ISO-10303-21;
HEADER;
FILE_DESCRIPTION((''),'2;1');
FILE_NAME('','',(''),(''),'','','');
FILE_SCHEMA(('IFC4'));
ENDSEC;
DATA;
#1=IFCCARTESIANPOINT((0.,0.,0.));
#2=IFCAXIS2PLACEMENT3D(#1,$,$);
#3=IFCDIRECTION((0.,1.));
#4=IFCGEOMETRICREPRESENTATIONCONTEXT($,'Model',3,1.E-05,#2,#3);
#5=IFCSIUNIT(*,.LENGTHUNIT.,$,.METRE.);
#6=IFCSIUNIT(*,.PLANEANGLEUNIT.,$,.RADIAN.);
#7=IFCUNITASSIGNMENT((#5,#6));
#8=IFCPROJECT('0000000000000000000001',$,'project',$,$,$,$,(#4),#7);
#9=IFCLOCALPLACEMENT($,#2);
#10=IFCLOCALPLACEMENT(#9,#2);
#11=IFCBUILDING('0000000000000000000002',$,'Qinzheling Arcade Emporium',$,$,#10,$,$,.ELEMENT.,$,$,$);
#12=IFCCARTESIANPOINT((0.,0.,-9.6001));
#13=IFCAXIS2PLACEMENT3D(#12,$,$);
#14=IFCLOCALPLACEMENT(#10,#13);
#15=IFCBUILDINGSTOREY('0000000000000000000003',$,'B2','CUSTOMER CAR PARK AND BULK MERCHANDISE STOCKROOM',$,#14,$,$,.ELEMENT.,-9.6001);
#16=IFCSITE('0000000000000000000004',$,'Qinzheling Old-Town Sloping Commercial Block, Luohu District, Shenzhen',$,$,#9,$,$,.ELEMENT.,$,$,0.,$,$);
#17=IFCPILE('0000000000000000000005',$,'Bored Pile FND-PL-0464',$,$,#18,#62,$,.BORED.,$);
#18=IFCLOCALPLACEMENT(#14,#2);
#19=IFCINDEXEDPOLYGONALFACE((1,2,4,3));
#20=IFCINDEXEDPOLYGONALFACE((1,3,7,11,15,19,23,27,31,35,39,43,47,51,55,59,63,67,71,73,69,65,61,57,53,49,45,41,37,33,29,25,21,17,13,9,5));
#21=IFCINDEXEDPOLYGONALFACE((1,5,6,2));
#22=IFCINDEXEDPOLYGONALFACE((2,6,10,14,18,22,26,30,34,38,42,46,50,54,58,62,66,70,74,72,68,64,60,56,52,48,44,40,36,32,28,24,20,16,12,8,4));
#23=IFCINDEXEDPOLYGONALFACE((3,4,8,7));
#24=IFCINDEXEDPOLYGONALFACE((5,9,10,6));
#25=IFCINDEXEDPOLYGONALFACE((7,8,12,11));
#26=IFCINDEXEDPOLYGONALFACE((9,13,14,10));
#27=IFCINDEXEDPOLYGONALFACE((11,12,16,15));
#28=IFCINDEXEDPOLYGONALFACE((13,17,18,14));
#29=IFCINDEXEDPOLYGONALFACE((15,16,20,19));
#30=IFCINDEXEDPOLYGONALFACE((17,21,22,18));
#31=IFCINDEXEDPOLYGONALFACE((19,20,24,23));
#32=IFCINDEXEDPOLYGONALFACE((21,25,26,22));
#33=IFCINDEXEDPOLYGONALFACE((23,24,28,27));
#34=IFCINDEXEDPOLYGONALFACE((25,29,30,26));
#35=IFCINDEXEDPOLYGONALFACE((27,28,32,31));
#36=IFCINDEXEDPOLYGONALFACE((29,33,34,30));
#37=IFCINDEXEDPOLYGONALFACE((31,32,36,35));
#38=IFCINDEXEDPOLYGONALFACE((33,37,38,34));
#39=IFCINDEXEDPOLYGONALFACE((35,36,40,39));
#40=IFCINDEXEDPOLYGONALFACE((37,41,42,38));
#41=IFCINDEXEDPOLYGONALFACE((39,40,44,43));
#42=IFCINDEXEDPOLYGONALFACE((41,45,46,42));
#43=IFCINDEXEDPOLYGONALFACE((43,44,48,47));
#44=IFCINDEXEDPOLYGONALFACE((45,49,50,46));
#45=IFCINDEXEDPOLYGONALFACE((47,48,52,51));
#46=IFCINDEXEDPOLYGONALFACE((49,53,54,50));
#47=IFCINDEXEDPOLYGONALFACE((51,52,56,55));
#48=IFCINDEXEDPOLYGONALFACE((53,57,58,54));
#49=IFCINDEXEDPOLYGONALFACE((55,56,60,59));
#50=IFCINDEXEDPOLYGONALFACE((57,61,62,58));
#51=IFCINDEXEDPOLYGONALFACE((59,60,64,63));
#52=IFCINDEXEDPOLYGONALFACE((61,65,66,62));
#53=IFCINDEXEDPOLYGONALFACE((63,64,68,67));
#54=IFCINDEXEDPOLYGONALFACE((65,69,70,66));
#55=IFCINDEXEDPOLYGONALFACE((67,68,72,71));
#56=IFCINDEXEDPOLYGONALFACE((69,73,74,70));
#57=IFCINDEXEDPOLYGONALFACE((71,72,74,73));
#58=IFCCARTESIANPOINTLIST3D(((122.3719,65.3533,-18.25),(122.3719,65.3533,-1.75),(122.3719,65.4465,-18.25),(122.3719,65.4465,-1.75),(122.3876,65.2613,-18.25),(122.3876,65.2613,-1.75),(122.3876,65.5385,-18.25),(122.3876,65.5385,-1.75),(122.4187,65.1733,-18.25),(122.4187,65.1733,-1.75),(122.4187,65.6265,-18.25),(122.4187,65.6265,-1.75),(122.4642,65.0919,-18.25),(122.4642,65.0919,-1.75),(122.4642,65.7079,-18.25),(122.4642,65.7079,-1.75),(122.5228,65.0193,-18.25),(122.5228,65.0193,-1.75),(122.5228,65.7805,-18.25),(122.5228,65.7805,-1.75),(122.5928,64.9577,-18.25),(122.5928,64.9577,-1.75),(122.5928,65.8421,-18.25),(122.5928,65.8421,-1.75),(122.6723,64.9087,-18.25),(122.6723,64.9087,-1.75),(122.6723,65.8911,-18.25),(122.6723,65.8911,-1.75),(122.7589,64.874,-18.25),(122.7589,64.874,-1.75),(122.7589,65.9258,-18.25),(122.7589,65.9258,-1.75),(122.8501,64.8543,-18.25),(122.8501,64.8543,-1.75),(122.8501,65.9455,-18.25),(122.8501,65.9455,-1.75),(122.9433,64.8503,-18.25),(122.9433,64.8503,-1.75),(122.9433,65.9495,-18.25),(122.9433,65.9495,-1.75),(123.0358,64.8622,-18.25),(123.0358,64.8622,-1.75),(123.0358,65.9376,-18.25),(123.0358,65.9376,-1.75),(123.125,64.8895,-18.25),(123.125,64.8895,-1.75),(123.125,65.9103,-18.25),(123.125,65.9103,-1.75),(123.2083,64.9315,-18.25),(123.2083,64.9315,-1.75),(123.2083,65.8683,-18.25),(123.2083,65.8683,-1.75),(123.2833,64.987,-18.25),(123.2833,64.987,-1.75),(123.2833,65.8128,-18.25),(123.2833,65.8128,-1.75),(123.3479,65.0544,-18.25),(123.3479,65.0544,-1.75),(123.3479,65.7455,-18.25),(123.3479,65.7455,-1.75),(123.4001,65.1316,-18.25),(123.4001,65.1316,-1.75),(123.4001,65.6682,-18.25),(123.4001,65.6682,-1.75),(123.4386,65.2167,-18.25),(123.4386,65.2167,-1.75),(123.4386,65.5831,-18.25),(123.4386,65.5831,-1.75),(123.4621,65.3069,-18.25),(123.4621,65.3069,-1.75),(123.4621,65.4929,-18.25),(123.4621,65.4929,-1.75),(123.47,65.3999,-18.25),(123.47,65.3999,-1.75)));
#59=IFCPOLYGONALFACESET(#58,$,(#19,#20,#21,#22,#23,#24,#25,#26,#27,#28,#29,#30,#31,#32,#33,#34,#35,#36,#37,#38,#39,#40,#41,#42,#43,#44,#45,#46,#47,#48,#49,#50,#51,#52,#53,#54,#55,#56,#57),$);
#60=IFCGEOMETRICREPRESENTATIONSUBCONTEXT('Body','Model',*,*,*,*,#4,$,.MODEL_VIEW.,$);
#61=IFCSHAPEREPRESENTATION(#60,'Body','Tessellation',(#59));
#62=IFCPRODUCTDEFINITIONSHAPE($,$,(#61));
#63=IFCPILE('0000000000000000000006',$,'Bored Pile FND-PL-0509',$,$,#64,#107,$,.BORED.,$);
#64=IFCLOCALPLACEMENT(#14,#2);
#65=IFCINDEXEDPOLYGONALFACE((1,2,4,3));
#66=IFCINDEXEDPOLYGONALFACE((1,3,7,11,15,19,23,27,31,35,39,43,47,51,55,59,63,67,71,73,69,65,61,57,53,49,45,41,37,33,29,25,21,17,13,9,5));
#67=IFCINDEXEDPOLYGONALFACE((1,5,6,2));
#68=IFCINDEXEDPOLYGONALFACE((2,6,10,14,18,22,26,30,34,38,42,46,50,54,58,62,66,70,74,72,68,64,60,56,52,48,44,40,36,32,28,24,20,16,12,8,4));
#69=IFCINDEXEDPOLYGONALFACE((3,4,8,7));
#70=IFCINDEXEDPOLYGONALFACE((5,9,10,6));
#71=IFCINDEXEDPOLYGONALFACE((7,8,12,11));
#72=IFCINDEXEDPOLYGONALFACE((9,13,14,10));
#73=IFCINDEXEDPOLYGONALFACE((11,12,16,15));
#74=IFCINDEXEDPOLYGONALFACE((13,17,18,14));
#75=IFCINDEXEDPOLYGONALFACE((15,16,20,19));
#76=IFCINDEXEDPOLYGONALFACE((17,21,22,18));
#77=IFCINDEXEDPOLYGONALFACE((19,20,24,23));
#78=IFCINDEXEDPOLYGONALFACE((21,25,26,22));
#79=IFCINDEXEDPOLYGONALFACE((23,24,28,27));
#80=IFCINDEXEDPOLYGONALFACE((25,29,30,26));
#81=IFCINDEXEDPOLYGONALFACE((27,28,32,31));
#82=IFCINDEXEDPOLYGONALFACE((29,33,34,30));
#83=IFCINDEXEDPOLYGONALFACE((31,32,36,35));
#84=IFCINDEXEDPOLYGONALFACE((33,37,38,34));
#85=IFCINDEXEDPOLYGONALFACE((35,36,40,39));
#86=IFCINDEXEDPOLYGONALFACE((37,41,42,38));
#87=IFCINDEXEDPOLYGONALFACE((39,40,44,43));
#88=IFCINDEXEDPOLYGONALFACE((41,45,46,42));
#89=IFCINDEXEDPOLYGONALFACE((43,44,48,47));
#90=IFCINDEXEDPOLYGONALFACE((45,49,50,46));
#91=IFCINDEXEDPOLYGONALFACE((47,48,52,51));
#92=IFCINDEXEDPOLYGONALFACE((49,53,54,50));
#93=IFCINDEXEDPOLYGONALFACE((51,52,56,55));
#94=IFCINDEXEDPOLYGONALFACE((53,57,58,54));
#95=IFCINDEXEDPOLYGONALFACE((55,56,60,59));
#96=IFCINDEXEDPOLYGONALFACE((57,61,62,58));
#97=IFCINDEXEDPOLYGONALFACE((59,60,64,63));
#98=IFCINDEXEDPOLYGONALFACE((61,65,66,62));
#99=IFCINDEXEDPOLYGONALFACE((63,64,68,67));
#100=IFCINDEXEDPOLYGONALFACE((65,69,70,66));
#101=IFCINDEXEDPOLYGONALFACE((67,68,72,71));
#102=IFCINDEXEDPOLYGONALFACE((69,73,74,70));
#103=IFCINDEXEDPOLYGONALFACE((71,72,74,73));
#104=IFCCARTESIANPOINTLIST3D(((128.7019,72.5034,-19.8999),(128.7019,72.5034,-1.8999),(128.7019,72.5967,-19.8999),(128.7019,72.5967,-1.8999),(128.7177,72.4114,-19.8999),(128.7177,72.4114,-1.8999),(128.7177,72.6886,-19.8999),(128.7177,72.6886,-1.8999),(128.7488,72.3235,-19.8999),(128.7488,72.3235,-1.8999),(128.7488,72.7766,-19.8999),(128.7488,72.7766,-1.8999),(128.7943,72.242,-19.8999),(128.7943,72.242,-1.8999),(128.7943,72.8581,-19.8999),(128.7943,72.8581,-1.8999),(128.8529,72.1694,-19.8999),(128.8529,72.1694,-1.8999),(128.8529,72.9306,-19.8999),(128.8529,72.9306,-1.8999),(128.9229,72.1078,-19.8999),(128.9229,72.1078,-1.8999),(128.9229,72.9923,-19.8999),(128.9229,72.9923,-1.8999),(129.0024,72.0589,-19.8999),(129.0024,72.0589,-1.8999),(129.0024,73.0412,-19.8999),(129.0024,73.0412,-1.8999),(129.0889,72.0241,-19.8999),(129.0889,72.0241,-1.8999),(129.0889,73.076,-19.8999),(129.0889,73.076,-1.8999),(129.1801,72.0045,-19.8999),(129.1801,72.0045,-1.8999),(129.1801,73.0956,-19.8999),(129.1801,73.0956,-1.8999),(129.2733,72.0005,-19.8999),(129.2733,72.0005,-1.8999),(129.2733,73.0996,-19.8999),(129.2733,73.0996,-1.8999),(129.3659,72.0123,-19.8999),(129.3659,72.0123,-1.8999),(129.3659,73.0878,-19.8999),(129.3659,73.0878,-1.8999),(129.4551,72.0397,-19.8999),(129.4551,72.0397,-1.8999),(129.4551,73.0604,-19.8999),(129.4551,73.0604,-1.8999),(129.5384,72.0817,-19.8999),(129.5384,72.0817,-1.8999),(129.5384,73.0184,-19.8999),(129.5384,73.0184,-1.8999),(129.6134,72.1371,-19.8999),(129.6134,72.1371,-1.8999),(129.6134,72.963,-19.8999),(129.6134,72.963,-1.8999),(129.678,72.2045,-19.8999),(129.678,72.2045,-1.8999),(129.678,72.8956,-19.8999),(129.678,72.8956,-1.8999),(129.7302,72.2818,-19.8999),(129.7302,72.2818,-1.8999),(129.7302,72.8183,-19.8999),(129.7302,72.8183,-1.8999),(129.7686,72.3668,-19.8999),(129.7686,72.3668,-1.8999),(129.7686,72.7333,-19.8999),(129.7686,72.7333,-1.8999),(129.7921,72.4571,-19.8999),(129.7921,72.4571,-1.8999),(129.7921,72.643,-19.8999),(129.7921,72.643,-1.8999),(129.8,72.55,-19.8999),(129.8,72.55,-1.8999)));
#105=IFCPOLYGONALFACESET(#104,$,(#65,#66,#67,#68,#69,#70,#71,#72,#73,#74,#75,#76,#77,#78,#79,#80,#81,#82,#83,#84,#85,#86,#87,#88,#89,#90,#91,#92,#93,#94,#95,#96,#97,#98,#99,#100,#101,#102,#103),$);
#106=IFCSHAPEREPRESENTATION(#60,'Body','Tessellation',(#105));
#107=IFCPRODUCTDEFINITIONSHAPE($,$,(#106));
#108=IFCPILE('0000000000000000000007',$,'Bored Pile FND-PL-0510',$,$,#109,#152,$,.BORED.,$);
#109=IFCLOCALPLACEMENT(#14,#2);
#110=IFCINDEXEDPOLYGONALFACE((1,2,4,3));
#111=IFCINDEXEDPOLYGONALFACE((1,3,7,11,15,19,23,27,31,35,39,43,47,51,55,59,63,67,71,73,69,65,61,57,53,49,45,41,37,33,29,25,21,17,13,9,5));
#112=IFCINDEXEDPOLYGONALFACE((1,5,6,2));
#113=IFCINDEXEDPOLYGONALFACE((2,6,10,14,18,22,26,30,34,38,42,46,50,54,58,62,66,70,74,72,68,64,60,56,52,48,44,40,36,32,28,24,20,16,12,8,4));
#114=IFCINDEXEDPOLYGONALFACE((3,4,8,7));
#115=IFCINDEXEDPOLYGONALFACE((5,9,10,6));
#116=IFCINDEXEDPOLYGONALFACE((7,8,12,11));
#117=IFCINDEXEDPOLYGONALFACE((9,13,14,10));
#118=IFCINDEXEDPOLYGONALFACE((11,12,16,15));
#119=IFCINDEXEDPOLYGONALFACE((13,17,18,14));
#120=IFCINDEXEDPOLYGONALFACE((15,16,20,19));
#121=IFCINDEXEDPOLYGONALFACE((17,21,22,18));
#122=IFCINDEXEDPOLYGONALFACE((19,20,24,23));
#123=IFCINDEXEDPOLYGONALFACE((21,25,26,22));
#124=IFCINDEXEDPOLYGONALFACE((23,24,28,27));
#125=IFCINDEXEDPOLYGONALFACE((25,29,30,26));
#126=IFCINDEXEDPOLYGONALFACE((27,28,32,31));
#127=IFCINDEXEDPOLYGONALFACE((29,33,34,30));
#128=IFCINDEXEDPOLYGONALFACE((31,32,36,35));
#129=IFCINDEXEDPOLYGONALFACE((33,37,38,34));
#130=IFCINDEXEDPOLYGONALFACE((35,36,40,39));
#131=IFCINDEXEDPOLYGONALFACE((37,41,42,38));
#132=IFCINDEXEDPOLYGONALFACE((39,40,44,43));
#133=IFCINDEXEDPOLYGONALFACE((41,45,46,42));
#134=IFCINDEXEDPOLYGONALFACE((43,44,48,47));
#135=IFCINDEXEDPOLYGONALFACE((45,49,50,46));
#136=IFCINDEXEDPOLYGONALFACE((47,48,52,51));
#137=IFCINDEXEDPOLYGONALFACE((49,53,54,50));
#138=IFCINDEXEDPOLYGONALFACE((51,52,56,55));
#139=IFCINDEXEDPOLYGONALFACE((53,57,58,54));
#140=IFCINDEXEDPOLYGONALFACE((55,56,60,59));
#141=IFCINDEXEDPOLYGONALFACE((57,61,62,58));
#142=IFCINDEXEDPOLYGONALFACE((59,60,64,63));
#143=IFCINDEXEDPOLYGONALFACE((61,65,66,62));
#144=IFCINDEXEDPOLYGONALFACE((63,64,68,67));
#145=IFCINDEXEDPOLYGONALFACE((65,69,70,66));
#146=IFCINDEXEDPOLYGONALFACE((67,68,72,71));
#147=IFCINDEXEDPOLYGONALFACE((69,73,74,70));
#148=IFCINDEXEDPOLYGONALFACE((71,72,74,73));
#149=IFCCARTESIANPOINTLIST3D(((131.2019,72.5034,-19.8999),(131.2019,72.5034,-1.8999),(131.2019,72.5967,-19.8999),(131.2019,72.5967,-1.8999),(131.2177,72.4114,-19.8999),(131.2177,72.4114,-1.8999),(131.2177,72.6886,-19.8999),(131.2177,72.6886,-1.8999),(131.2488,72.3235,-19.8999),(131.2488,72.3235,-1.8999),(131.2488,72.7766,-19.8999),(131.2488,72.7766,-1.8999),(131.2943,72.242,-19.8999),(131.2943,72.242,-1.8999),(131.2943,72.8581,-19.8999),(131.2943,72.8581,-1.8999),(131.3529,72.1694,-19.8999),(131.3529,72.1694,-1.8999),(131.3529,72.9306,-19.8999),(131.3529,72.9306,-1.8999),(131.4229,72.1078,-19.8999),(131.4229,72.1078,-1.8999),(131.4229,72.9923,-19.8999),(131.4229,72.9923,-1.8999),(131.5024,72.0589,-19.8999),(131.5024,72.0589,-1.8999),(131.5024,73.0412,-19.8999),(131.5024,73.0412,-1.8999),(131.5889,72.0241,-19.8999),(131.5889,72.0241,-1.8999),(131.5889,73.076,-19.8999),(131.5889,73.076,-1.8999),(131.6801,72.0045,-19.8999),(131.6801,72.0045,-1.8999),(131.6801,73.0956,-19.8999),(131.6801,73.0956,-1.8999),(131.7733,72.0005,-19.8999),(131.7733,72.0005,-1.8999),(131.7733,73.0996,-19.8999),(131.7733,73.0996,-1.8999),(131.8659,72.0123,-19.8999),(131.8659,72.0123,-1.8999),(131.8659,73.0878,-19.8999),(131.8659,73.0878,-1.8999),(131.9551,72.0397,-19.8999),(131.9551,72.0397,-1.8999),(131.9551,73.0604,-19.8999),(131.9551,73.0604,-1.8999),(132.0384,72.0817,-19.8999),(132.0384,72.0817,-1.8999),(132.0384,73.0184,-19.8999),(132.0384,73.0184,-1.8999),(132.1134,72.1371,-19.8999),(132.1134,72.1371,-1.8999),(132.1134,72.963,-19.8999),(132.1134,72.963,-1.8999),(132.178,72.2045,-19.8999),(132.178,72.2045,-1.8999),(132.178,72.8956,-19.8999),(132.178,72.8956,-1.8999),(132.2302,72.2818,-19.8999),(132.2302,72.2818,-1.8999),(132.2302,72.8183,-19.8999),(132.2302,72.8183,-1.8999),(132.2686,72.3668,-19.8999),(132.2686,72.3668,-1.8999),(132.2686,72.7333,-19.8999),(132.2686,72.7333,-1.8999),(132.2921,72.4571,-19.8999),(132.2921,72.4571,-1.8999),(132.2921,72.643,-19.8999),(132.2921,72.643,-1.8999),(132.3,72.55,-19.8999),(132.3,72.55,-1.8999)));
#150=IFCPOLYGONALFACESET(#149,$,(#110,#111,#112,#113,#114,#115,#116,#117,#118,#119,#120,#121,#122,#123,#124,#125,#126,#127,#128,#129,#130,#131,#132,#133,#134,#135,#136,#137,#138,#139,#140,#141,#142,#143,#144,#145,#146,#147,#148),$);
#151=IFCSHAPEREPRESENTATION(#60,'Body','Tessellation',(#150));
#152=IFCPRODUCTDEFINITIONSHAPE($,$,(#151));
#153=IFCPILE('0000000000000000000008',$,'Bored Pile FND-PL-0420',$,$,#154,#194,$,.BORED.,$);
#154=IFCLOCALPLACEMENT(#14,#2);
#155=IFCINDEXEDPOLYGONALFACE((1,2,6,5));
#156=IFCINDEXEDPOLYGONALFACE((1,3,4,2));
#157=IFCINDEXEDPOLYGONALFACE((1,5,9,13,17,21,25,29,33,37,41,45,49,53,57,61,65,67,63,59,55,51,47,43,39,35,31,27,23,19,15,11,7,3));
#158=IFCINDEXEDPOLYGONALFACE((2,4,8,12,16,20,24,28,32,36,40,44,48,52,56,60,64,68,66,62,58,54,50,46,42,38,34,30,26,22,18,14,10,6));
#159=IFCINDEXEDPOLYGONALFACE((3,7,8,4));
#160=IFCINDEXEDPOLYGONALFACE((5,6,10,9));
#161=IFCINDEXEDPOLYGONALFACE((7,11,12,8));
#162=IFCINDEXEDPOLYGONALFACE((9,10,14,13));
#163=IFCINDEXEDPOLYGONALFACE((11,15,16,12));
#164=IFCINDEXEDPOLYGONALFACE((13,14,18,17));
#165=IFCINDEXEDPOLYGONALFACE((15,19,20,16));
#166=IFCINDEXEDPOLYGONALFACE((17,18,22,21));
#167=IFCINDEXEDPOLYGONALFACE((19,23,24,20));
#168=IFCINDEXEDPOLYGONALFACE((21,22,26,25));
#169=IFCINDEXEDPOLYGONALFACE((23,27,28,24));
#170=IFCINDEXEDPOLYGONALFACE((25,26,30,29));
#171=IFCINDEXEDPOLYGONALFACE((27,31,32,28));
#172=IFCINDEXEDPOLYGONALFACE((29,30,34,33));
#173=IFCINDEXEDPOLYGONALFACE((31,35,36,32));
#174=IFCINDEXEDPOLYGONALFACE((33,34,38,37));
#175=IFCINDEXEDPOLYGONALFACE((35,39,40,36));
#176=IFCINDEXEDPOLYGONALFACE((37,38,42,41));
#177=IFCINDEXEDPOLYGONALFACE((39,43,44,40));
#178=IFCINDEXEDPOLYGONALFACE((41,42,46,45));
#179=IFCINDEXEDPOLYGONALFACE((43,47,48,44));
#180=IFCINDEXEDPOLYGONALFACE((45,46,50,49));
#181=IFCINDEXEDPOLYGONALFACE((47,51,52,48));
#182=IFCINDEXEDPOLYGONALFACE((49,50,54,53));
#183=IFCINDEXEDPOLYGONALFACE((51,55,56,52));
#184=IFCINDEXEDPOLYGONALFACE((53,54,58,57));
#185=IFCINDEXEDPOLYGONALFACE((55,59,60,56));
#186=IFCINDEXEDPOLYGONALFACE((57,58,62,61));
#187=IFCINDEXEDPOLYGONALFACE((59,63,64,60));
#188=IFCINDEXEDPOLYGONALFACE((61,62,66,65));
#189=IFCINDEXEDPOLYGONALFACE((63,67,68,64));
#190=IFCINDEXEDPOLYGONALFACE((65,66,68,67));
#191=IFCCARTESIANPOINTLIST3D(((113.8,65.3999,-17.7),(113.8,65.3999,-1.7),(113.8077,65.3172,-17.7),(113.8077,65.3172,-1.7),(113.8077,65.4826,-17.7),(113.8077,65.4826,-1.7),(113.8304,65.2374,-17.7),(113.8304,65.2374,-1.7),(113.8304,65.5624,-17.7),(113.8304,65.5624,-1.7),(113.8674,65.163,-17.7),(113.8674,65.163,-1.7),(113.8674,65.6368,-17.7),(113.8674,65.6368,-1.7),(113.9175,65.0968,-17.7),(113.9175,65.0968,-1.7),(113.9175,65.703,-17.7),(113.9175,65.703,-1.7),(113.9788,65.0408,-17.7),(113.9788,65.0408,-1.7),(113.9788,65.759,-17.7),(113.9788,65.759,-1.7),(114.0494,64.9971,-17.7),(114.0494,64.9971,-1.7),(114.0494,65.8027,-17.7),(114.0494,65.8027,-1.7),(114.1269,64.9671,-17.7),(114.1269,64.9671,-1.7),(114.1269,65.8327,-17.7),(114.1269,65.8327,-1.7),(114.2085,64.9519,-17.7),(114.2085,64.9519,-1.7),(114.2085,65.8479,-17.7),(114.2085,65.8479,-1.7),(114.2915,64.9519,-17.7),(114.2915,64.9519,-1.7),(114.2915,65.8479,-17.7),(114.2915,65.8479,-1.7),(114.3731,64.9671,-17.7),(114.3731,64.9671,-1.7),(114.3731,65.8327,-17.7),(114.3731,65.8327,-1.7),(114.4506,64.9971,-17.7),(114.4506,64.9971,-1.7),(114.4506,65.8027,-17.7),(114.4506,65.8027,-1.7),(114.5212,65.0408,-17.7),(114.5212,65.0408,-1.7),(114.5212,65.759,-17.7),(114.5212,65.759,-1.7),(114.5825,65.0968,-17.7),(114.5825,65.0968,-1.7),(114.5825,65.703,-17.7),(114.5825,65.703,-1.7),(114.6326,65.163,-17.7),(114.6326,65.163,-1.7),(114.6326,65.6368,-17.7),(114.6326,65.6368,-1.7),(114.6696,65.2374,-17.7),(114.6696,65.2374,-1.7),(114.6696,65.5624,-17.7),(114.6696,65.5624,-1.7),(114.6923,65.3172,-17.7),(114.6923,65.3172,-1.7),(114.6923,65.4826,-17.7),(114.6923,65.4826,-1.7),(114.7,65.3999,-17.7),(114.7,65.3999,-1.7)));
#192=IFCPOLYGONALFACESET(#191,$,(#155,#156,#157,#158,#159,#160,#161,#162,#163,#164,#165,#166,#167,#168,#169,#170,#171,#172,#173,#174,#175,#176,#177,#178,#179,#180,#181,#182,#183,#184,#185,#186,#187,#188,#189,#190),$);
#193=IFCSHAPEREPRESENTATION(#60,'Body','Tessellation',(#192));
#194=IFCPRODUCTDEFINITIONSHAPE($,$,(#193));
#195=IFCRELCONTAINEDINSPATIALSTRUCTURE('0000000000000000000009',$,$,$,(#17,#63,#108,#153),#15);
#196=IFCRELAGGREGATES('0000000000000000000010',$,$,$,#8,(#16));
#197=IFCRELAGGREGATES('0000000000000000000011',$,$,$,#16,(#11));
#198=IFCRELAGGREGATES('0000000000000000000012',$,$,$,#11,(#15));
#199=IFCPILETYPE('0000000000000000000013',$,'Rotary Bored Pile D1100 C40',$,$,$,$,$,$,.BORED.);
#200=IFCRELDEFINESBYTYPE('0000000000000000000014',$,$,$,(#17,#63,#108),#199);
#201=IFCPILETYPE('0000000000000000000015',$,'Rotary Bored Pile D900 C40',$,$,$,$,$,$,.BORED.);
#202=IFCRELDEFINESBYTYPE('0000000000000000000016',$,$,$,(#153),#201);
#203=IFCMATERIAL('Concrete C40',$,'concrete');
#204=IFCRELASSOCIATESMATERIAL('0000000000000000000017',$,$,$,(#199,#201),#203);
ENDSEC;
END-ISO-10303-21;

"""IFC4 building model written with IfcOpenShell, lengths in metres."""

from ifc_helpers import new_model, si_unit, direction, frame, origin, origin_2d, place, context, subcontext, project, spatial, circle, extrude, material, material_profile, profile_set, type_object, element, save


model = new_model("IFC4")

# Units and contexts
model_context = context("Model", 3, precision=1e-05, world=origin(), true_north=direction((0.0, 1.0)))
body_context = subcontext(model_context, "Body", "Model", "MODEL_VIEW")
ifc_project = project(units=[si_unit("LENGTHUNIT", "METRE"), si_unit("PLANEANGLEUNIT", "RADIAN")], contexts=[model_context])

# Site, building, storey
site_placement = place(None, origin())
site = spatial("IfcSite", under=ifc_project, at=site_placement, Name="Qinzheling Old-Town Sloping Commercial Block, Luohu District, Shenzhen", CompositionType="ELEMENT", RefElevation=0.0)
building_placement = place(site_placement, origin())
building = spatial("IfcBuilding", under=site, at=building_placement, Name="Qinzheling Arcade Emporium", CompositionType="ELEMENT")
storey_placement = place(building_placement, frame((0.0, 0.0, -9.6001)))
storey = spatial("IfcBuildingStorey", under=building, at=storey_placement, Name="B2", Description="CUSTOMER CAR PARK AND BULK MERCHANDISE STOCKROOM", CompositionType="ELEMENT", Elevation=-9.6001)

# Shared definitions
ifc_material_1 = material(Name="Concrete C40", Category="concrete")

# Piles
ifc_material_profile_1 = material_profile(ifc_material_1, circle(Radius=0.55, at=origin_2d()), Name="BORED D1100", Category="concrete")
ifc_profile_set_1 = profile_set([ifc_material_profile_1], Name="Concrete C40")
pile_type_1 = type_object("IfcPileType", Name="Rotary Bored Pile D1100 C40", PredefinedType="BORED", material=ifc_profile_set_1)
for number, where, z_axis, x_axis, name in (
    (1, (122.9199, 65.3999, -1.75), (0.0, 0.0, -1.0), (1.0, 0.0, 0.0), "Bored Pile FND-PL-0464"),
):
    element("IfcPile", number, at=place(storey_placement, frame(where, z_axis=z_axis, x_axis=x_axis)), inside=storey, type_object=pile_type_1, Name=name, PredefinedType="BORED", context=body_context, shape_type="SweptSolid", body=[
        extrude(circle(Radius=0.55, at=origin_2d()), origin(), (0.0, 0.0, 1.0), 16.5),
    ])
for number, where, z_axis, x_axis, name in (
    (2, (129.25, 72.55, -1.8999), (0.0, 0.0, -1.0), (1.0, 0.0, 0.0), "Bored Pile FND-PL-0509"),
    (3, (131.75, 72.55, -1.8999), (0.0, 0.0, -1.0), (1.0, 0.0, 0.0), "Bored Pile FND-PL-0510"),
):
    element("IfcPile", number, at=place(storey_placement, frame(where, z_axis=z_axis, x_axis=x_axis)), inside=storey, type_object=pile_type_1, Name=name, PredefinedType="BORED", context=body_context, shape_type="SweptSolid", body=[
        extrude(circle(Radius=0.55, at=origin_2d()), origin(), (0.0, 0.0, 1.0), 18.0),
    ])
ifc_material_profile_2 = material_profile(ifc_material_1, circle(Radius=0.45, at=origin_2d()), Name="BORED D900", Category="concrete")
ifc_profile_set_2 = profile_set([ifc_material_profile_2], Name="Concrete C40")
pile_type_2 = type_object("IfcPileType", Name="Rotary Bored Pile D900 C40", PredefinedType="BORED", material=ifc_profile_set_2)
pile_1_placement = place(storey_placement, frame((114.25, 65.3999, -1.7), z_axis=(0.0, 0.0, -1.0), x_axis=(1.0, 0.0, 0.0)))
element("IfcPile", 4, at=pile_1_placement, inside=storey, type_object=pile_type_2, Name="Bored Pile FND-PL-0420", PredefinedType="BORED", context=body_context, shape_type="SweptSolid", body=[
    extrude(circle(Radius=0.45, at=origin_2d()), origin(), (0.0, 0.0, 1.0), 16.0),
])

save(model, "model.ifc")
